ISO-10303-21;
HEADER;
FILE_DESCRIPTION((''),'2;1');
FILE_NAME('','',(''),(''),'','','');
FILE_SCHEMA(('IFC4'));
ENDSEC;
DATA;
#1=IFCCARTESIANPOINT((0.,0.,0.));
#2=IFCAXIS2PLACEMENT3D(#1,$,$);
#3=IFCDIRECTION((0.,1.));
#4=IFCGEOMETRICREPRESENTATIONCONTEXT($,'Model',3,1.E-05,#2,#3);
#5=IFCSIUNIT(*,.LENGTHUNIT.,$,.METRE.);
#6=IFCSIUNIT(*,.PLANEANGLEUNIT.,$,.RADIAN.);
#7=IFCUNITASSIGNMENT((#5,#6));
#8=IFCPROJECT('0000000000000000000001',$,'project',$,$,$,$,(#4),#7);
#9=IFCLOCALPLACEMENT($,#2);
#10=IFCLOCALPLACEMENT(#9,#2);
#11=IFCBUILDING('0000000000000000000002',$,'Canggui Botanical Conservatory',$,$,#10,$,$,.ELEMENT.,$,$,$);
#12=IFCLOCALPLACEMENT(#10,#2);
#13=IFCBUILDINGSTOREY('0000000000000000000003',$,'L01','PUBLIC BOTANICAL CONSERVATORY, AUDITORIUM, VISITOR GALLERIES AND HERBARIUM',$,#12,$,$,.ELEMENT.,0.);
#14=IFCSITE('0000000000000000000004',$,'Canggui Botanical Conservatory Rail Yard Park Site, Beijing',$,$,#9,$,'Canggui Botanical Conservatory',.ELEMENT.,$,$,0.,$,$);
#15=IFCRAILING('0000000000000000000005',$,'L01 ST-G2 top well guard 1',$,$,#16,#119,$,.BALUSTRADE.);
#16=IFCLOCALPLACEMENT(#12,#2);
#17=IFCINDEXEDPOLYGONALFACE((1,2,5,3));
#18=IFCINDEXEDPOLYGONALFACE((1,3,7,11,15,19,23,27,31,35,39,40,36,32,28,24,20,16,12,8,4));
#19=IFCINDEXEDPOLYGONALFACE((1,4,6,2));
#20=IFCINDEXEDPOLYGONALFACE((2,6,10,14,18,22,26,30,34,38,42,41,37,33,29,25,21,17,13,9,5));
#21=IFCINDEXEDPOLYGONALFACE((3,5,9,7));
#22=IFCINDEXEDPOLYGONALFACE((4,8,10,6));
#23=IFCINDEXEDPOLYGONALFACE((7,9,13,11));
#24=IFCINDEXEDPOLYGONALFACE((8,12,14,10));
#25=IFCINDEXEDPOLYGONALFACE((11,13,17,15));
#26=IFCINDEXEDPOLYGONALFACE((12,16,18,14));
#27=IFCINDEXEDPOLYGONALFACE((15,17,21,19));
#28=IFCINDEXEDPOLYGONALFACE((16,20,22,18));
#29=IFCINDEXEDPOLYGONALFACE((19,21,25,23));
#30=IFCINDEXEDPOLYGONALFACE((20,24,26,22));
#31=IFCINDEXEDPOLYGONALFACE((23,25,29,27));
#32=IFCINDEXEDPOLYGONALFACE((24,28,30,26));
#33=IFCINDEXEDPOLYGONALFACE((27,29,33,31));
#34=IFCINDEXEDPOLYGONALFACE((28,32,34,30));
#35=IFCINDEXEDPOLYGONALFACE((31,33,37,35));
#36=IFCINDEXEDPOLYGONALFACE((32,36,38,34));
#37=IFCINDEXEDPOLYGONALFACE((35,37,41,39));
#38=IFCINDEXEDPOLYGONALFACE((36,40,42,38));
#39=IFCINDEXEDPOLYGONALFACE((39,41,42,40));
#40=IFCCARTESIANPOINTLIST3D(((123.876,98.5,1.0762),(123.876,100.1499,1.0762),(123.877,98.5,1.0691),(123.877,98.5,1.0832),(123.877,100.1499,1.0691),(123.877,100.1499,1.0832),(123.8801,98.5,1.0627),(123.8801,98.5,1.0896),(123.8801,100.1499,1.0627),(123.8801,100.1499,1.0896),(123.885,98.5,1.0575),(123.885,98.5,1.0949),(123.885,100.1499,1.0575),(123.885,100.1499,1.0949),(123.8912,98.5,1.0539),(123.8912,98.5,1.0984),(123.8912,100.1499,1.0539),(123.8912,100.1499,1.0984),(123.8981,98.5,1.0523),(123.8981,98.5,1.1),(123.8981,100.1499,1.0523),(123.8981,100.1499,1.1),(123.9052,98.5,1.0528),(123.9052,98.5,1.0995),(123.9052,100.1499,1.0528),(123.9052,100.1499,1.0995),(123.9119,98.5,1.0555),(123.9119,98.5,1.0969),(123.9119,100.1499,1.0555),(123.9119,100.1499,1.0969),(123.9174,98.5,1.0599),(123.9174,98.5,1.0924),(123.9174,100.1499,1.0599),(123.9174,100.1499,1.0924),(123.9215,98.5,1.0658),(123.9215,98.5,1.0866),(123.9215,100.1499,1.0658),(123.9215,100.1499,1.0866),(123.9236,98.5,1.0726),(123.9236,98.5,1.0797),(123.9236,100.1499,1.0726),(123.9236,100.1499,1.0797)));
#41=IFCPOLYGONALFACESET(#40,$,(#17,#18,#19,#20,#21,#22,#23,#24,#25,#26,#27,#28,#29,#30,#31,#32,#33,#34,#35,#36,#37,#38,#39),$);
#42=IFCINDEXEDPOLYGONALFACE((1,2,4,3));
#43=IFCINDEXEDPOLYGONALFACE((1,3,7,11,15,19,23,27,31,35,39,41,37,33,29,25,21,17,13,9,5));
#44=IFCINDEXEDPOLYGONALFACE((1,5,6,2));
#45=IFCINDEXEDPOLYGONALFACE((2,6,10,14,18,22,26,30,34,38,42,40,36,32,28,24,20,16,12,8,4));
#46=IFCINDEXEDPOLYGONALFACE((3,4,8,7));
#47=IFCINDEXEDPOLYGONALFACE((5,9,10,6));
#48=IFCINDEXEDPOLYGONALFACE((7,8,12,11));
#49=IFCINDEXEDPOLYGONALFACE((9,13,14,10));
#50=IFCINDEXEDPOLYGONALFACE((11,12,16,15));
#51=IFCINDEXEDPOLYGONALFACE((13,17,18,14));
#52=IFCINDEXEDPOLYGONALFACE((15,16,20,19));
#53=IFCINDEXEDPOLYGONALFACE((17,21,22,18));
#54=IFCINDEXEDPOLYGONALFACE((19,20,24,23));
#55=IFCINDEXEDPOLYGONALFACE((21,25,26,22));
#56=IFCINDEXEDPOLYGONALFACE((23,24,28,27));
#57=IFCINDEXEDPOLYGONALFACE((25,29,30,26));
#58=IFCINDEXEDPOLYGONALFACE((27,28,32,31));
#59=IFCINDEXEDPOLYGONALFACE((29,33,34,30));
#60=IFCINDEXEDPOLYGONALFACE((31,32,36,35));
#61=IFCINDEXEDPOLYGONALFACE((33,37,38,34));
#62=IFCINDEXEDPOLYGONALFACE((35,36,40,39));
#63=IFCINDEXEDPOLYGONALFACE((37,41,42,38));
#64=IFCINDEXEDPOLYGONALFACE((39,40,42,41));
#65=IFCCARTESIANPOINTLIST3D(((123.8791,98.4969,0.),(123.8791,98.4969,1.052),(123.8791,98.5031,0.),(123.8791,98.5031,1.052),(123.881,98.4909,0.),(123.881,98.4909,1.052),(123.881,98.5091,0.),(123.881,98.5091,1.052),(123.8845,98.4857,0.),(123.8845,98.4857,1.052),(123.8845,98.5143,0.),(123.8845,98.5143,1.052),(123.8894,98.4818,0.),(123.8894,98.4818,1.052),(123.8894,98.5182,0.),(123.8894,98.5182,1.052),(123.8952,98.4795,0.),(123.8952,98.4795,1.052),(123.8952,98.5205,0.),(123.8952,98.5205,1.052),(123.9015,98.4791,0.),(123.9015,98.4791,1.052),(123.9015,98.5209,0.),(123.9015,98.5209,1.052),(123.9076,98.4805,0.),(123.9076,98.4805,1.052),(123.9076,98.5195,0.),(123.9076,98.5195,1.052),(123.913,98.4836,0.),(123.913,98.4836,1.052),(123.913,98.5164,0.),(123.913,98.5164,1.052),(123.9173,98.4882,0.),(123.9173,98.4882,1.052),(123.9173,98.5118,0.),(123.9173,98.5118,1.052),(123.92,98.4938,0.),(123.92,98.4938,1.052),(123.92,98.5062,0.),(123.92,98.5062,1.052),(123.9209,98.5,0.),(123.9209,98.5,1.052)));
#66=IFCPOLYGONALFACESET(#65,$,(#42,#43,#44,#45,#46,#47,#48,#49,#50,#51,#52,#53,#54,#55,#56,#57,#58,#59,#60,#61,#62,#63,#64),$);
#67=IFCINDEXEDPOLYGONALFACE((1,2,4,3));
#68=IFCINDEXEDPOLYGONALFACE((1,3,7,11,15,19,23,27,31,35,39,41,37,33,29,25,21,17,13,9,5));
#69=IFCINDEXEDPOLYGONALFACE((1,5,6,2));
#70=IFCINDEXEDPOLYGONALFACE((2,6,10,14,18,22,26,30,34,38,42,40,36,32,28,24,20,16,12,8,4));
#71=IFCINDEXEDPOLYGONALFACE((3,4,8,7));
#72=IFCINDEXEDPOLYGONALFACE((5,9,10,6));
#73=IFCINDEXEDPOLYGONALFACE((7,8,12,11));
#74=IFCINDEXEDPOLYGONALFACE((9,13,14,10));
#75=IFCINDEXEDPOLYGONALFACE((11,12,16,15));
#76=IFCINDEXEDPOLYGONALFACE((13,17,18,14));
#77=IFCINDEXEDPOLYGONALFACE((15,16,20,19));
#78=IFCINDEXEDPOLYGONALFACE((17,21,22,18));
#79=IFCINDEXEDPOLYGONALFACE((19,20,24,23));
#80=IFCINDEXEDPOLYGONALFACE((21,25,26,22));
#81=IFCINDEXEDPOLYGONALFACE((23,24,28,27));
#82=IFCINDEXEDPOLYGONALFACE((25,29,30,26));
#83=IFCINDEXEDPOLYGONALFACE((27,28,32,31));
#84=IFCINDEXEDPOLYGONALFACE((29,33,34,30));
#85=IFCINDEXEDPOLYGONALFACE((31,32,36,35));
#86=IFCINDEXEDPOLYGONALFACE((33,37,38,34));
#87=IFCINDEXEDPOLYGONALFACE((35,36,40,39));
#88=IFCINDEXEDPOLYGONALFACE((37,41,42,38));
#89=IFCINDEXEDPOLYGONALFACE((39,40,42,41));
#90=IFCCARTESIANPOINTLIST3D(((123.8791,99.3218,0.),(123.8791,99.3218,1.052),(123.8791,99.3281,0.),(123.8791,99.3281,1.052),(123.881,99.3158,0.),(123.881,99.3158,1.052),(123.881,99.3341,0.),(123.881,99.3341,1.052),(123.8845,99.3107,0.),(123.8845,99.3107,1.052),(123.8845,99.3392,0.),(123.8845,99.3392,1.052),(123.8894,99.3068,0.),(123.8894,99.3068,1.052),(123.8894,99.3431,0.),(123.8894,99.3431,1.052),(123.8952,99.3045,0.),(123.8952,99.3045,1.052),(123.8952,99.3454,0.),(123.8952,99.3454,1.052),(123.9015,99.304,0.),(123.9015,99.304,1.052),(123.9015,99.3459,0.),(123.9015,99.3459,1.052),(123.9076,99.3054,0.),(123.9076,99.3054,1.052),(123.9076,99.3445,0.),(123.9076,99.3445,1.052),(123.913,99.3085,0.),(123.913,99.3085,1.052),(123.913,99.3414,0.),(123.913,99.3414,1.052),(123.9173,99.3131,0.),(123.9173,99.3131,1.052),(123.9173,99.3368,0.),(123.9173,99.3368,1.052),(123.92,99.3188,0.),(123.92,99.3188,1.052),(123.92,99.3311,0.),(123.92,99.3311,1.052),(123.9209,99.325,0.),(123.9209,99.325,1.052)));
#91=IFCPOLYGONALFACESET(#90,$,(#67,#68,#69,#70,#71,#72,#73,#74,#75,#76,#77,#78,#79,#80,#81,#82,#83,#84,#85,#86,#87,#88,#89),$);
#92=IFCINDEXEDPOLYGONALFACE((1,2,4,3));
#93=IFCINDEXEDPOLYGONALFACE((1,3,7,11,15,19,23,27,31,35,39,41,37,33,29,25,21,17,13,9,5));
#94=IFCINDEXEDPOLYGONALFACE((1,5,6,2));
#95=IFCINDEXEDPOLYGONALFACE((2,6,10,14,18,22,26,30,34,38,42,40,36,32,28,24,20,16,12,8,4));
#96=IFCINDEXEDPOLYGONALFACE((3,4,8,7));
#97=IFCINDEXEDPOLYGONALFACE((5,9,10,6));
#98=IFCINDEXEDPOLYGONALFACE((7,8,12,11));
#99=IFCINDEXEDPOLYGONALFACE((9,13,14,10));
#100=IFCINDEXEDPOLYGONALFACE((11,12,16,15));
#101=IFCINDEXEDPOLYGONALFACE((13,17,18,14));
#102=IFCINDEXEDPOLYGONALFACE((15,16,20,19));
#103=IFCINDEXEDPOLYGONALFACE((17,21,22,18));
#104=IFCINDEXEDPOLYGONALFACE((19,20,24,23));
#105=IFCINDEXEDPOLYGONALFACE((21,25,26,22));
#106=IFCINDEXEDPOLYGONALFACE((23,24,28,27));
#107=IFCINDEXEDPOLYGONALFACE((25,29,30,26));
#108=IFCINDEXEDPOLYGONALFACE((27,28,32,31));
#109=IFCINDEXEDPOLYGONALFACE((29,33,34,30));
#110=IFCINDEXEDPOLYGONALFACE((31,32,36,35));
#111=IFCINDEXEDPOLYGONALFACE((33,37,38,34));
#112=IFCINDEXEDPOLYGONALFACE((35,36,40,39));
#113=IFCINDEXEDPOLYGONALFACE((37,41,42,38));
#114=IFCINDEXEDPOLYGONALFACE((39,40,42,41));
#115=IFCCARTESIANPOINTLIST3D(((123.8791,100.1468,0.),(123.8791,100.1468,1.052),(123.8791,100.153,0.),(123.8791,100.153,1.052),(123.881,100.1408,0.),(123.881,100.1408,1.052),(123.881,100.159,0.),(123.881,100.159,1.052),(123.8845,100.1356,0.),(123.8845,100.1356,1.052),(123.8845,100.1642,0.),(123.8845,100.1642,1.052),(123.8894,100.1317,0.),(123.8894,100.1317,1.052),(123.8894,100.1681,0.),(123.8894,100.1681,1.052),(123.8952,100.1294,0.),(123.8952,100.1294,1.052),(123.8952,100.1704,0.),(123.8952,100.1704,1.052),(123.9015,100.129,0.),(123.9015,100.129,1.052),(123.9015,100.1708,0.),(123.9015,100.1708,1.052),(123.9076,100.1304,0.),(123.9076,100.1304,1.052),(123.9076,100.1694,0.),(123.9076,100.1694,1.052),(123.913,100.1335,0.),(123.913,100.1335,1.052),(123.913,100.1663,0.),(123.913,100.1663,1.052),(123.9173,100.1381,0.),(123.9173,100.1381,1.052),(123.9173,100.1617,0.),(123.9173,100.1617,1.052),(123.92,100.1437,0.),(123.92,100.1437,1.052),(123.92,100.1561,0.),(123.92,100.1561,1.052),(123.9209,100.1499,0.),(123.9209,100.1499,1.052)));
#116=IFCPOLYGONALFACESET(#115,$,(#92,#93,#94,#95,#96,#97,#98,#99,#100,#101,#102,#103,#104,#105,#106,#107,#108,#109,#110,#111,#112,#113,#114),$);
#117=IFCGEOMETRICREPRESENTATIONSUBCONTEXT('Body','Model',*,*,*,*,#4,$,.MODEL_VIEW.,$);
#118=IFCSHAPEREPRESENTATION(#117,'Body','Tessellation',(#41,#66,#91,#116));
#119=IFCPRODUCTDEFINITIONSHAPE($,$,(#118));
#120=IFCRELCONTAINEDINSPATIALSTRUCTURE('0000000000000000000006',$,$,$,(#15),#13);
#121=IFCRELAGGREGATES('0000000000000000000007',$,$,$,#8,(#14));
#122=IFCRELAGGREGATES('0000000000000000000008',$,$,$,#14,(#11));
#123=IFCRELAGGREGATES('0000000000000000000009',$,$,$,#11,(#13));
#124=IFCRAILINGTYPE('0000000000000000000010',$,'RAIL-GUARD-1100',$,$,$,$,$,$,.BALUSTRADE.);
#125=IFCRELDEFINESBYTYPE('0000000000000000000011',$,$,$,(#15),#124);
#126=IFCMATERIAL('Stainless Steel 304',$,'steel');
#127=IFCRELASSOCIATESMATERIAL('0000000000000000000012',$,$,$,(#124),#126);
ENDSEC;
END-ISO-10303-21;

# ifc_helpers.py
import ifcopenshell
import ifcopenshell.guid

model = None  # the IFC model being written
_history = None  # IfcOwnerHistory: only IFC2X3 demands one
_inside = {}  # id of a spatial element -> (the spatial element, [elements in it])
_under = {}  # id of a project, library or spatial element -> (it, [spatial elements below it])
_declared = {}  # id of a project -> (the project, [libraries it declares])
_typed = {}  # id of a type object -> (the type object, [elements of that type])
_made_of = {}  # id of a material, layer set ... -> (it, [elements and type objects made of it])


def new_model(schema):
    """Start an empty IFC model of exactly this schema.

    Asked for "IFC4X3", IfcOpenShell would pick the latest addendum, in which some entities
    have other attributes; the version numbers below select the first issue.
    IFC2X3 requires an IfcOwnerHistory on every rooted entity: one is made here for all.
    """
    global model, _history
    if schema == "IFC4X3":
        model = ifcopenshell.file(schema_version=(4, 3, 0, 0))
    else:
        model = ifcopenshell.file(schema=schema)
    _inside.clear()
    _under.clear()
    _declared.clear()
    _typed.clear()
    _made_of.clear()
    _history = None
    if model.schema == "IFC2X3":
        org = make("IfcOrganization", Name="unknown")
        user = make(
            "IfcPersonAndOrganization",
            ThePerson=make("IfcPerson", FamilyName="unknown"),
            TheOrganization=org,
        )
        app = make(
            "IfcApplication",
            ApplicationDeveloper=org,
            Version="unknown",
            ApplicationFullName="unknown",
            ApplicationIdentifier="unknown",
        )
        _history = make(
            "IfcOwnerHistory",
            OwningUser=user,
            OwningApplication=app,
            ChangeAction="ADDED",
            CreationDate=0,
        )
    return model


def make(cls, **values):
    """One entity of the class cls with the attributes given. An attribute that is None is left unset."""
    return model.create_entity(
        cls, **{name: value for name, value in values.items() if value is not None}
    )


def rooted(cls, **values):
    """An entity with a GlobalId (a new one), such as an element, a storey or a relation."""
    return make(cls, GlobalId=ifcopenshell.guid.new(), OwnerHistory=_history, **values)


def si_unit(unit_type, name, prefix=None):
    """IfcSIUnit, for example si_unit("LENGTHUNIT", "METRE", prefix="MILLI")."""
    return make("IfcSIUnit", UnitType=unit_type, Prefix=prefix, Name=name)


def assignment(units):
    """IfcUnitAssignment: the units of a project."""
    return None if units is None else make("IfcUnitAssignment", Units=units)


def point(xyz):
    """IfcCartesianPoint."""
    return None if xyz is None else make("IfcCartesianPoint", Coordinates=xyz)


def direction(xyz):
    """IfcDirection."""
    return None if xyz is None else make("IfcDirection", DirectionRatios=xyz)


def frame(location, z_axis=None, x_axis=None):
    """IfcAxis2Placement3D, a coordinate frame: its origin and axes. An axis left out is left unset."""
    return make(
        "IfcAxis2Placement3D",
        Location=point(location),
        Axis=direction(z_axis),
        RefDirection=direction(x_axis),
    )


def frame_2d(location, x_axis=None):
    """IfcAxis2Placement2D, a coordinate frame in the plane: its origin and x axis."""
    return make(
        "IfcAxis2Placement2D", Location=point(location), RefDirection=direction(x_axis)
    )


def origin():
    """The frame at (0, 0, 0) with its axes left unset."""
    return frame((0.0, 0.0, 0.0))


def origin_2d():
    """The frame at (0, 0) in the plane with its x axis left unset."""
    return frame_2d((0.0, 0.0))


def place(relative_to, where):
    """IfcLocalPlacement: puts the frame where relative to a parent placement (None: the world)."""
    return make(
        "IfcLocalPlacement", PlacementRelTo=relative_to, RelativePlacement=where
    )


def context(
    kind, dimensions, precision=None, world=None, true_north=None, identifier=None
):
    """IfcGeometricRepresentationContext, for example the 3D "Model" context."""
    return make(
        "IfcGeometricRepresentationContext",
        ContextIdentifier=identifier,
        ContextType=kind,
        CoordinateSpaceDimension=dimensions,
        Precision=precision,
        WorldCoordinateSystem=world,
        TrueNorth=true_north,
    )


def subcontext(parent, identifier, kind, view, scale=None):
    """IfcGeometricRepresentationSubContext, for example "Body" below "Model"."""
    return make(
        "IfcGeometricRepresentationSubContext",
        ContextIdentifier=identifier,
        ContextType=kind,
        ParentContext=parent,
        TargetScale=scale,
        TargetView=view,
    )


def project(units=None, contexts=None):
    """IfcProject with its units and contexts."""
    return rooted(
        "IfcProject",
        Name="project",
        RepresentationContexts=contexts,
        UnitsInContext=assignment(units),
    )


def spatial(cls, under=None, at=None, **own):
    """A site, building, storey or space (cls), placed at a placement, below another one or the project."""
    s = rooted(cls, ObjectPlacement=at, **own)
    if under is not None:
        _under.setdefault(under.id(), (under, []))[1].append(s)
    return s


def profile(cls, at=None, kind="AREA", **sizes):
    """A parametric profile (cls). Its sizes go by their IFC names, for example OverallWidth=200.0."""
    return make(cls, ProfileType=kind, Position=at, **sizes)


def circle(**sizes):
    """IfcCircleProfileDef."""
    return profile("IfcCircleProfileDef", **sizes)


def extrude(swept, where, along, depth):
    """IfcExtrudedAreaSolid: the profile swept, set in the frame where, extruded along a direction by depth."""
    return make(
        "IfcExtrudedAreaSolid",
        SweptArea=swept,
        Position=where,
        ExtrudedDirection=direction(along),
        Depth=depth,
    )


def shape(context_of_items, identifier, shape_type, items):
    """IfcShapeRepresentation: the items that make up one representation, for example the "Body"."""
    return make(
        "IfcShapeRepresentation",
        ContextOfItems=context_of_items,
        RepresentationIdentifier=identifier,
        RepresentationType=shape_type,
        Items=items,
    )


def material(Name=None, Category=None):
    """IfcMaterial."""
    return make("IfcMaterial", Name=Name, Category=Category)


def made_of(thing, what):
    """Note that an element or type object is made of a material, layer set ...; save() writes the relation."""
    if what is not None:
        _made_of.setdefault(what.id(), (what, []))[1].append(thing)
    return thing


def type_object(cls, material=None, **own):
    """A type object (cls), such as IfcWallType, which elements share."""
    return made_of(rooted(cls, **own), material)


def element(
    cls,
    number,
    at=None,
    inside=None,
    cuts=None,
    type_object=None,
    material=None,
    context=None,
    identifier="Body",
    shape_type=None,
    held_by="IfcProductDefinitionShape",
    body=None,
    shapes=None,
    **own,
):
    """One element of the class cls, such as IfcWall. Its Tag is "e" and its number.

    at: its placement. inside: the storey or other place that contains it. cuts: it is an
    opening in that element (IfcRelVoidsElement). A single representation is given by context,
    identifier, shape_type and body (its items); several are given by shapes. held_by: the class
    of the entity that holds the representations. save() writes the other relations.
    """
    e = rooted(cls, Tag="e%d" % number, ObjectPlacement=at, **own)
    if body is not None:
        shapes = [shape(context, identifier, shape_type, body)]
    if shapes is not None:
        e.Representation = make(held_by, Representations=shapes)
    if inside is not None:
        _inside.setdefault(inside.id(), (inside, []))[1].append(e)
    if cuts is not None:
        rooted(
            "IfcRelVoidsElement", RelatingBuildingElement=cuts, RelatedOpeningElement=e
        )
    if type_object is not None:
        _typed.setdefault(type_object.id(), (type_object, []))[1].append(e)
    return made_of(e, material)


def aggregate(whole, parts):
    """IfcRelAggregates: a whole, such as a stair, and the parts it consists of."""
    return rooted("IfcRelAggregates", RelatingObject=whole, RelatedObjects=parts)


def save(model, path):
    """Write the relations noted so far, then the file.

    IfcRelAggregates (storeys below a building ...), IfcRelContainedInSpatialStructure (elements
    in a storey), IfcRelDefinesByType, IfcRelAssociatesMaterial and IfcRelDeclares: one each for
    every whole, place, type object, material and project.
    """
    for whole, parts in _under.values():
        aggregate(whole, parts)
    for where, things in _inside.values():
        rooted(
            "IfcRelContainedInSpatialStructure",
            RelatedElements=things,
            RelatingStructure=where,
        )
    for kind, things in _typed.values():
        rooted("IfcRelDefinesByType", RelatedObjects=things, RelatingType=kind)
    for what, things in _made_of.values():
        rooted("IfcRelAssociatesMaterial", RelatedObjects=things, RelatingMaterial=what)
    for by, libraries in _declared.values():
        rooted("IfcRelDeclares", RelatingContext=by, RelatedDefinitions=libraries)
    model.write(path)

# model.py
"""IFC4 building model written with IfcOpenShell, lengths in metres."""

from ifc_helpers import new_model, si_unit, direction, frame, origin, origin_2d, place, context, subcontext, project, spatial, circle, extrude, material, type_object, element, save


model = new_model("IFC4")

# Units and contexts
model_context = context("Model", 3, precision=1e-05, world=origin(), true_north=direction((0.0, 1.0)))
body_context = subcontext(model_context, "Body", "Model", "MODEL_VIEW")
ifc_project = project(units=[si_unit("LENGTHUNIT", "METRE"), si_unit("PLANEANGLEUNIT", "RADIAN")], contexts=[model_context])

# Site, building, storey
site_placement = place(None, origin())
site = spatial("IfcSite", under=ifc_project, at=site_placement, Name="Canggui Botanical Conservatory Rail Yard Park Site, Beijing", LongName="Canggui Botanical Conservatory", CompositionType="ELEMENT", RefElevation=0.0)
building_placement = place(site_placement, origin())
building = spatial("IfcBuilding", under=site, at=building_placement, Name="Canggui Botanical Conservatory", CompositionType="ELEMENT")
storey_placement = place(building_placement, origin())
storey = spatial("IfcBuildingStorey", under=building, at=storey_placement, Name="L01", Description="PUBLIC BOTANICAL CONSERVATORY, AUDITORIUM, VISITOR GALLERIES AND HERBARIUM", CompositionType="ELEMENT", Elevation=0.0)

# Railing
ifc_material_1 = material(Name="Stainless Steel 304", Category="steel")
railing_type_1 = type_object("IfcRailingType", Name="RAIL-GUARD-1100", PredefinedType="BALUSTRADE", material=ifc_material_1)
railing_placement = place(storey_placement, frame((123.8999, 98.5, 0.0)))
element("IfcRailing", 1, at=railing_placement, inside=storey, type_object=railing_type_1, Name="L01 ST-G2 top well guard 1", PredefinedType="BALUSTRADE", context=body_context, shape_type="SweptSolid", body=[
    extrude(circle(Radius=0.0239, at=origin_2d()), frame((0.0, 0.0, 1.0762), z_axis=(0.0, 1.0, 0.0), x_axis=(-1.0, 0.0, 0.0)), (0.0, 0.0, 1.0), 1.6499),
    extrude(circle(Radius=0.021, at=origin_2d()), origin(), (0.0, 0.0, 1.0), 1.052),
    extrude(circle(Radius=0.021, at=origin_2d()), frame((0.0, 0.825, 0.0)), (0.0, 0.0, 1.0), 1.052),
    extrude(circle(Radius=0.021, at=origin_2d()), frame((0.0, 1.6499, 0.0)), (0.0, 0.0, 1.0), 1.052),
])

save(model, "model.ifc")
